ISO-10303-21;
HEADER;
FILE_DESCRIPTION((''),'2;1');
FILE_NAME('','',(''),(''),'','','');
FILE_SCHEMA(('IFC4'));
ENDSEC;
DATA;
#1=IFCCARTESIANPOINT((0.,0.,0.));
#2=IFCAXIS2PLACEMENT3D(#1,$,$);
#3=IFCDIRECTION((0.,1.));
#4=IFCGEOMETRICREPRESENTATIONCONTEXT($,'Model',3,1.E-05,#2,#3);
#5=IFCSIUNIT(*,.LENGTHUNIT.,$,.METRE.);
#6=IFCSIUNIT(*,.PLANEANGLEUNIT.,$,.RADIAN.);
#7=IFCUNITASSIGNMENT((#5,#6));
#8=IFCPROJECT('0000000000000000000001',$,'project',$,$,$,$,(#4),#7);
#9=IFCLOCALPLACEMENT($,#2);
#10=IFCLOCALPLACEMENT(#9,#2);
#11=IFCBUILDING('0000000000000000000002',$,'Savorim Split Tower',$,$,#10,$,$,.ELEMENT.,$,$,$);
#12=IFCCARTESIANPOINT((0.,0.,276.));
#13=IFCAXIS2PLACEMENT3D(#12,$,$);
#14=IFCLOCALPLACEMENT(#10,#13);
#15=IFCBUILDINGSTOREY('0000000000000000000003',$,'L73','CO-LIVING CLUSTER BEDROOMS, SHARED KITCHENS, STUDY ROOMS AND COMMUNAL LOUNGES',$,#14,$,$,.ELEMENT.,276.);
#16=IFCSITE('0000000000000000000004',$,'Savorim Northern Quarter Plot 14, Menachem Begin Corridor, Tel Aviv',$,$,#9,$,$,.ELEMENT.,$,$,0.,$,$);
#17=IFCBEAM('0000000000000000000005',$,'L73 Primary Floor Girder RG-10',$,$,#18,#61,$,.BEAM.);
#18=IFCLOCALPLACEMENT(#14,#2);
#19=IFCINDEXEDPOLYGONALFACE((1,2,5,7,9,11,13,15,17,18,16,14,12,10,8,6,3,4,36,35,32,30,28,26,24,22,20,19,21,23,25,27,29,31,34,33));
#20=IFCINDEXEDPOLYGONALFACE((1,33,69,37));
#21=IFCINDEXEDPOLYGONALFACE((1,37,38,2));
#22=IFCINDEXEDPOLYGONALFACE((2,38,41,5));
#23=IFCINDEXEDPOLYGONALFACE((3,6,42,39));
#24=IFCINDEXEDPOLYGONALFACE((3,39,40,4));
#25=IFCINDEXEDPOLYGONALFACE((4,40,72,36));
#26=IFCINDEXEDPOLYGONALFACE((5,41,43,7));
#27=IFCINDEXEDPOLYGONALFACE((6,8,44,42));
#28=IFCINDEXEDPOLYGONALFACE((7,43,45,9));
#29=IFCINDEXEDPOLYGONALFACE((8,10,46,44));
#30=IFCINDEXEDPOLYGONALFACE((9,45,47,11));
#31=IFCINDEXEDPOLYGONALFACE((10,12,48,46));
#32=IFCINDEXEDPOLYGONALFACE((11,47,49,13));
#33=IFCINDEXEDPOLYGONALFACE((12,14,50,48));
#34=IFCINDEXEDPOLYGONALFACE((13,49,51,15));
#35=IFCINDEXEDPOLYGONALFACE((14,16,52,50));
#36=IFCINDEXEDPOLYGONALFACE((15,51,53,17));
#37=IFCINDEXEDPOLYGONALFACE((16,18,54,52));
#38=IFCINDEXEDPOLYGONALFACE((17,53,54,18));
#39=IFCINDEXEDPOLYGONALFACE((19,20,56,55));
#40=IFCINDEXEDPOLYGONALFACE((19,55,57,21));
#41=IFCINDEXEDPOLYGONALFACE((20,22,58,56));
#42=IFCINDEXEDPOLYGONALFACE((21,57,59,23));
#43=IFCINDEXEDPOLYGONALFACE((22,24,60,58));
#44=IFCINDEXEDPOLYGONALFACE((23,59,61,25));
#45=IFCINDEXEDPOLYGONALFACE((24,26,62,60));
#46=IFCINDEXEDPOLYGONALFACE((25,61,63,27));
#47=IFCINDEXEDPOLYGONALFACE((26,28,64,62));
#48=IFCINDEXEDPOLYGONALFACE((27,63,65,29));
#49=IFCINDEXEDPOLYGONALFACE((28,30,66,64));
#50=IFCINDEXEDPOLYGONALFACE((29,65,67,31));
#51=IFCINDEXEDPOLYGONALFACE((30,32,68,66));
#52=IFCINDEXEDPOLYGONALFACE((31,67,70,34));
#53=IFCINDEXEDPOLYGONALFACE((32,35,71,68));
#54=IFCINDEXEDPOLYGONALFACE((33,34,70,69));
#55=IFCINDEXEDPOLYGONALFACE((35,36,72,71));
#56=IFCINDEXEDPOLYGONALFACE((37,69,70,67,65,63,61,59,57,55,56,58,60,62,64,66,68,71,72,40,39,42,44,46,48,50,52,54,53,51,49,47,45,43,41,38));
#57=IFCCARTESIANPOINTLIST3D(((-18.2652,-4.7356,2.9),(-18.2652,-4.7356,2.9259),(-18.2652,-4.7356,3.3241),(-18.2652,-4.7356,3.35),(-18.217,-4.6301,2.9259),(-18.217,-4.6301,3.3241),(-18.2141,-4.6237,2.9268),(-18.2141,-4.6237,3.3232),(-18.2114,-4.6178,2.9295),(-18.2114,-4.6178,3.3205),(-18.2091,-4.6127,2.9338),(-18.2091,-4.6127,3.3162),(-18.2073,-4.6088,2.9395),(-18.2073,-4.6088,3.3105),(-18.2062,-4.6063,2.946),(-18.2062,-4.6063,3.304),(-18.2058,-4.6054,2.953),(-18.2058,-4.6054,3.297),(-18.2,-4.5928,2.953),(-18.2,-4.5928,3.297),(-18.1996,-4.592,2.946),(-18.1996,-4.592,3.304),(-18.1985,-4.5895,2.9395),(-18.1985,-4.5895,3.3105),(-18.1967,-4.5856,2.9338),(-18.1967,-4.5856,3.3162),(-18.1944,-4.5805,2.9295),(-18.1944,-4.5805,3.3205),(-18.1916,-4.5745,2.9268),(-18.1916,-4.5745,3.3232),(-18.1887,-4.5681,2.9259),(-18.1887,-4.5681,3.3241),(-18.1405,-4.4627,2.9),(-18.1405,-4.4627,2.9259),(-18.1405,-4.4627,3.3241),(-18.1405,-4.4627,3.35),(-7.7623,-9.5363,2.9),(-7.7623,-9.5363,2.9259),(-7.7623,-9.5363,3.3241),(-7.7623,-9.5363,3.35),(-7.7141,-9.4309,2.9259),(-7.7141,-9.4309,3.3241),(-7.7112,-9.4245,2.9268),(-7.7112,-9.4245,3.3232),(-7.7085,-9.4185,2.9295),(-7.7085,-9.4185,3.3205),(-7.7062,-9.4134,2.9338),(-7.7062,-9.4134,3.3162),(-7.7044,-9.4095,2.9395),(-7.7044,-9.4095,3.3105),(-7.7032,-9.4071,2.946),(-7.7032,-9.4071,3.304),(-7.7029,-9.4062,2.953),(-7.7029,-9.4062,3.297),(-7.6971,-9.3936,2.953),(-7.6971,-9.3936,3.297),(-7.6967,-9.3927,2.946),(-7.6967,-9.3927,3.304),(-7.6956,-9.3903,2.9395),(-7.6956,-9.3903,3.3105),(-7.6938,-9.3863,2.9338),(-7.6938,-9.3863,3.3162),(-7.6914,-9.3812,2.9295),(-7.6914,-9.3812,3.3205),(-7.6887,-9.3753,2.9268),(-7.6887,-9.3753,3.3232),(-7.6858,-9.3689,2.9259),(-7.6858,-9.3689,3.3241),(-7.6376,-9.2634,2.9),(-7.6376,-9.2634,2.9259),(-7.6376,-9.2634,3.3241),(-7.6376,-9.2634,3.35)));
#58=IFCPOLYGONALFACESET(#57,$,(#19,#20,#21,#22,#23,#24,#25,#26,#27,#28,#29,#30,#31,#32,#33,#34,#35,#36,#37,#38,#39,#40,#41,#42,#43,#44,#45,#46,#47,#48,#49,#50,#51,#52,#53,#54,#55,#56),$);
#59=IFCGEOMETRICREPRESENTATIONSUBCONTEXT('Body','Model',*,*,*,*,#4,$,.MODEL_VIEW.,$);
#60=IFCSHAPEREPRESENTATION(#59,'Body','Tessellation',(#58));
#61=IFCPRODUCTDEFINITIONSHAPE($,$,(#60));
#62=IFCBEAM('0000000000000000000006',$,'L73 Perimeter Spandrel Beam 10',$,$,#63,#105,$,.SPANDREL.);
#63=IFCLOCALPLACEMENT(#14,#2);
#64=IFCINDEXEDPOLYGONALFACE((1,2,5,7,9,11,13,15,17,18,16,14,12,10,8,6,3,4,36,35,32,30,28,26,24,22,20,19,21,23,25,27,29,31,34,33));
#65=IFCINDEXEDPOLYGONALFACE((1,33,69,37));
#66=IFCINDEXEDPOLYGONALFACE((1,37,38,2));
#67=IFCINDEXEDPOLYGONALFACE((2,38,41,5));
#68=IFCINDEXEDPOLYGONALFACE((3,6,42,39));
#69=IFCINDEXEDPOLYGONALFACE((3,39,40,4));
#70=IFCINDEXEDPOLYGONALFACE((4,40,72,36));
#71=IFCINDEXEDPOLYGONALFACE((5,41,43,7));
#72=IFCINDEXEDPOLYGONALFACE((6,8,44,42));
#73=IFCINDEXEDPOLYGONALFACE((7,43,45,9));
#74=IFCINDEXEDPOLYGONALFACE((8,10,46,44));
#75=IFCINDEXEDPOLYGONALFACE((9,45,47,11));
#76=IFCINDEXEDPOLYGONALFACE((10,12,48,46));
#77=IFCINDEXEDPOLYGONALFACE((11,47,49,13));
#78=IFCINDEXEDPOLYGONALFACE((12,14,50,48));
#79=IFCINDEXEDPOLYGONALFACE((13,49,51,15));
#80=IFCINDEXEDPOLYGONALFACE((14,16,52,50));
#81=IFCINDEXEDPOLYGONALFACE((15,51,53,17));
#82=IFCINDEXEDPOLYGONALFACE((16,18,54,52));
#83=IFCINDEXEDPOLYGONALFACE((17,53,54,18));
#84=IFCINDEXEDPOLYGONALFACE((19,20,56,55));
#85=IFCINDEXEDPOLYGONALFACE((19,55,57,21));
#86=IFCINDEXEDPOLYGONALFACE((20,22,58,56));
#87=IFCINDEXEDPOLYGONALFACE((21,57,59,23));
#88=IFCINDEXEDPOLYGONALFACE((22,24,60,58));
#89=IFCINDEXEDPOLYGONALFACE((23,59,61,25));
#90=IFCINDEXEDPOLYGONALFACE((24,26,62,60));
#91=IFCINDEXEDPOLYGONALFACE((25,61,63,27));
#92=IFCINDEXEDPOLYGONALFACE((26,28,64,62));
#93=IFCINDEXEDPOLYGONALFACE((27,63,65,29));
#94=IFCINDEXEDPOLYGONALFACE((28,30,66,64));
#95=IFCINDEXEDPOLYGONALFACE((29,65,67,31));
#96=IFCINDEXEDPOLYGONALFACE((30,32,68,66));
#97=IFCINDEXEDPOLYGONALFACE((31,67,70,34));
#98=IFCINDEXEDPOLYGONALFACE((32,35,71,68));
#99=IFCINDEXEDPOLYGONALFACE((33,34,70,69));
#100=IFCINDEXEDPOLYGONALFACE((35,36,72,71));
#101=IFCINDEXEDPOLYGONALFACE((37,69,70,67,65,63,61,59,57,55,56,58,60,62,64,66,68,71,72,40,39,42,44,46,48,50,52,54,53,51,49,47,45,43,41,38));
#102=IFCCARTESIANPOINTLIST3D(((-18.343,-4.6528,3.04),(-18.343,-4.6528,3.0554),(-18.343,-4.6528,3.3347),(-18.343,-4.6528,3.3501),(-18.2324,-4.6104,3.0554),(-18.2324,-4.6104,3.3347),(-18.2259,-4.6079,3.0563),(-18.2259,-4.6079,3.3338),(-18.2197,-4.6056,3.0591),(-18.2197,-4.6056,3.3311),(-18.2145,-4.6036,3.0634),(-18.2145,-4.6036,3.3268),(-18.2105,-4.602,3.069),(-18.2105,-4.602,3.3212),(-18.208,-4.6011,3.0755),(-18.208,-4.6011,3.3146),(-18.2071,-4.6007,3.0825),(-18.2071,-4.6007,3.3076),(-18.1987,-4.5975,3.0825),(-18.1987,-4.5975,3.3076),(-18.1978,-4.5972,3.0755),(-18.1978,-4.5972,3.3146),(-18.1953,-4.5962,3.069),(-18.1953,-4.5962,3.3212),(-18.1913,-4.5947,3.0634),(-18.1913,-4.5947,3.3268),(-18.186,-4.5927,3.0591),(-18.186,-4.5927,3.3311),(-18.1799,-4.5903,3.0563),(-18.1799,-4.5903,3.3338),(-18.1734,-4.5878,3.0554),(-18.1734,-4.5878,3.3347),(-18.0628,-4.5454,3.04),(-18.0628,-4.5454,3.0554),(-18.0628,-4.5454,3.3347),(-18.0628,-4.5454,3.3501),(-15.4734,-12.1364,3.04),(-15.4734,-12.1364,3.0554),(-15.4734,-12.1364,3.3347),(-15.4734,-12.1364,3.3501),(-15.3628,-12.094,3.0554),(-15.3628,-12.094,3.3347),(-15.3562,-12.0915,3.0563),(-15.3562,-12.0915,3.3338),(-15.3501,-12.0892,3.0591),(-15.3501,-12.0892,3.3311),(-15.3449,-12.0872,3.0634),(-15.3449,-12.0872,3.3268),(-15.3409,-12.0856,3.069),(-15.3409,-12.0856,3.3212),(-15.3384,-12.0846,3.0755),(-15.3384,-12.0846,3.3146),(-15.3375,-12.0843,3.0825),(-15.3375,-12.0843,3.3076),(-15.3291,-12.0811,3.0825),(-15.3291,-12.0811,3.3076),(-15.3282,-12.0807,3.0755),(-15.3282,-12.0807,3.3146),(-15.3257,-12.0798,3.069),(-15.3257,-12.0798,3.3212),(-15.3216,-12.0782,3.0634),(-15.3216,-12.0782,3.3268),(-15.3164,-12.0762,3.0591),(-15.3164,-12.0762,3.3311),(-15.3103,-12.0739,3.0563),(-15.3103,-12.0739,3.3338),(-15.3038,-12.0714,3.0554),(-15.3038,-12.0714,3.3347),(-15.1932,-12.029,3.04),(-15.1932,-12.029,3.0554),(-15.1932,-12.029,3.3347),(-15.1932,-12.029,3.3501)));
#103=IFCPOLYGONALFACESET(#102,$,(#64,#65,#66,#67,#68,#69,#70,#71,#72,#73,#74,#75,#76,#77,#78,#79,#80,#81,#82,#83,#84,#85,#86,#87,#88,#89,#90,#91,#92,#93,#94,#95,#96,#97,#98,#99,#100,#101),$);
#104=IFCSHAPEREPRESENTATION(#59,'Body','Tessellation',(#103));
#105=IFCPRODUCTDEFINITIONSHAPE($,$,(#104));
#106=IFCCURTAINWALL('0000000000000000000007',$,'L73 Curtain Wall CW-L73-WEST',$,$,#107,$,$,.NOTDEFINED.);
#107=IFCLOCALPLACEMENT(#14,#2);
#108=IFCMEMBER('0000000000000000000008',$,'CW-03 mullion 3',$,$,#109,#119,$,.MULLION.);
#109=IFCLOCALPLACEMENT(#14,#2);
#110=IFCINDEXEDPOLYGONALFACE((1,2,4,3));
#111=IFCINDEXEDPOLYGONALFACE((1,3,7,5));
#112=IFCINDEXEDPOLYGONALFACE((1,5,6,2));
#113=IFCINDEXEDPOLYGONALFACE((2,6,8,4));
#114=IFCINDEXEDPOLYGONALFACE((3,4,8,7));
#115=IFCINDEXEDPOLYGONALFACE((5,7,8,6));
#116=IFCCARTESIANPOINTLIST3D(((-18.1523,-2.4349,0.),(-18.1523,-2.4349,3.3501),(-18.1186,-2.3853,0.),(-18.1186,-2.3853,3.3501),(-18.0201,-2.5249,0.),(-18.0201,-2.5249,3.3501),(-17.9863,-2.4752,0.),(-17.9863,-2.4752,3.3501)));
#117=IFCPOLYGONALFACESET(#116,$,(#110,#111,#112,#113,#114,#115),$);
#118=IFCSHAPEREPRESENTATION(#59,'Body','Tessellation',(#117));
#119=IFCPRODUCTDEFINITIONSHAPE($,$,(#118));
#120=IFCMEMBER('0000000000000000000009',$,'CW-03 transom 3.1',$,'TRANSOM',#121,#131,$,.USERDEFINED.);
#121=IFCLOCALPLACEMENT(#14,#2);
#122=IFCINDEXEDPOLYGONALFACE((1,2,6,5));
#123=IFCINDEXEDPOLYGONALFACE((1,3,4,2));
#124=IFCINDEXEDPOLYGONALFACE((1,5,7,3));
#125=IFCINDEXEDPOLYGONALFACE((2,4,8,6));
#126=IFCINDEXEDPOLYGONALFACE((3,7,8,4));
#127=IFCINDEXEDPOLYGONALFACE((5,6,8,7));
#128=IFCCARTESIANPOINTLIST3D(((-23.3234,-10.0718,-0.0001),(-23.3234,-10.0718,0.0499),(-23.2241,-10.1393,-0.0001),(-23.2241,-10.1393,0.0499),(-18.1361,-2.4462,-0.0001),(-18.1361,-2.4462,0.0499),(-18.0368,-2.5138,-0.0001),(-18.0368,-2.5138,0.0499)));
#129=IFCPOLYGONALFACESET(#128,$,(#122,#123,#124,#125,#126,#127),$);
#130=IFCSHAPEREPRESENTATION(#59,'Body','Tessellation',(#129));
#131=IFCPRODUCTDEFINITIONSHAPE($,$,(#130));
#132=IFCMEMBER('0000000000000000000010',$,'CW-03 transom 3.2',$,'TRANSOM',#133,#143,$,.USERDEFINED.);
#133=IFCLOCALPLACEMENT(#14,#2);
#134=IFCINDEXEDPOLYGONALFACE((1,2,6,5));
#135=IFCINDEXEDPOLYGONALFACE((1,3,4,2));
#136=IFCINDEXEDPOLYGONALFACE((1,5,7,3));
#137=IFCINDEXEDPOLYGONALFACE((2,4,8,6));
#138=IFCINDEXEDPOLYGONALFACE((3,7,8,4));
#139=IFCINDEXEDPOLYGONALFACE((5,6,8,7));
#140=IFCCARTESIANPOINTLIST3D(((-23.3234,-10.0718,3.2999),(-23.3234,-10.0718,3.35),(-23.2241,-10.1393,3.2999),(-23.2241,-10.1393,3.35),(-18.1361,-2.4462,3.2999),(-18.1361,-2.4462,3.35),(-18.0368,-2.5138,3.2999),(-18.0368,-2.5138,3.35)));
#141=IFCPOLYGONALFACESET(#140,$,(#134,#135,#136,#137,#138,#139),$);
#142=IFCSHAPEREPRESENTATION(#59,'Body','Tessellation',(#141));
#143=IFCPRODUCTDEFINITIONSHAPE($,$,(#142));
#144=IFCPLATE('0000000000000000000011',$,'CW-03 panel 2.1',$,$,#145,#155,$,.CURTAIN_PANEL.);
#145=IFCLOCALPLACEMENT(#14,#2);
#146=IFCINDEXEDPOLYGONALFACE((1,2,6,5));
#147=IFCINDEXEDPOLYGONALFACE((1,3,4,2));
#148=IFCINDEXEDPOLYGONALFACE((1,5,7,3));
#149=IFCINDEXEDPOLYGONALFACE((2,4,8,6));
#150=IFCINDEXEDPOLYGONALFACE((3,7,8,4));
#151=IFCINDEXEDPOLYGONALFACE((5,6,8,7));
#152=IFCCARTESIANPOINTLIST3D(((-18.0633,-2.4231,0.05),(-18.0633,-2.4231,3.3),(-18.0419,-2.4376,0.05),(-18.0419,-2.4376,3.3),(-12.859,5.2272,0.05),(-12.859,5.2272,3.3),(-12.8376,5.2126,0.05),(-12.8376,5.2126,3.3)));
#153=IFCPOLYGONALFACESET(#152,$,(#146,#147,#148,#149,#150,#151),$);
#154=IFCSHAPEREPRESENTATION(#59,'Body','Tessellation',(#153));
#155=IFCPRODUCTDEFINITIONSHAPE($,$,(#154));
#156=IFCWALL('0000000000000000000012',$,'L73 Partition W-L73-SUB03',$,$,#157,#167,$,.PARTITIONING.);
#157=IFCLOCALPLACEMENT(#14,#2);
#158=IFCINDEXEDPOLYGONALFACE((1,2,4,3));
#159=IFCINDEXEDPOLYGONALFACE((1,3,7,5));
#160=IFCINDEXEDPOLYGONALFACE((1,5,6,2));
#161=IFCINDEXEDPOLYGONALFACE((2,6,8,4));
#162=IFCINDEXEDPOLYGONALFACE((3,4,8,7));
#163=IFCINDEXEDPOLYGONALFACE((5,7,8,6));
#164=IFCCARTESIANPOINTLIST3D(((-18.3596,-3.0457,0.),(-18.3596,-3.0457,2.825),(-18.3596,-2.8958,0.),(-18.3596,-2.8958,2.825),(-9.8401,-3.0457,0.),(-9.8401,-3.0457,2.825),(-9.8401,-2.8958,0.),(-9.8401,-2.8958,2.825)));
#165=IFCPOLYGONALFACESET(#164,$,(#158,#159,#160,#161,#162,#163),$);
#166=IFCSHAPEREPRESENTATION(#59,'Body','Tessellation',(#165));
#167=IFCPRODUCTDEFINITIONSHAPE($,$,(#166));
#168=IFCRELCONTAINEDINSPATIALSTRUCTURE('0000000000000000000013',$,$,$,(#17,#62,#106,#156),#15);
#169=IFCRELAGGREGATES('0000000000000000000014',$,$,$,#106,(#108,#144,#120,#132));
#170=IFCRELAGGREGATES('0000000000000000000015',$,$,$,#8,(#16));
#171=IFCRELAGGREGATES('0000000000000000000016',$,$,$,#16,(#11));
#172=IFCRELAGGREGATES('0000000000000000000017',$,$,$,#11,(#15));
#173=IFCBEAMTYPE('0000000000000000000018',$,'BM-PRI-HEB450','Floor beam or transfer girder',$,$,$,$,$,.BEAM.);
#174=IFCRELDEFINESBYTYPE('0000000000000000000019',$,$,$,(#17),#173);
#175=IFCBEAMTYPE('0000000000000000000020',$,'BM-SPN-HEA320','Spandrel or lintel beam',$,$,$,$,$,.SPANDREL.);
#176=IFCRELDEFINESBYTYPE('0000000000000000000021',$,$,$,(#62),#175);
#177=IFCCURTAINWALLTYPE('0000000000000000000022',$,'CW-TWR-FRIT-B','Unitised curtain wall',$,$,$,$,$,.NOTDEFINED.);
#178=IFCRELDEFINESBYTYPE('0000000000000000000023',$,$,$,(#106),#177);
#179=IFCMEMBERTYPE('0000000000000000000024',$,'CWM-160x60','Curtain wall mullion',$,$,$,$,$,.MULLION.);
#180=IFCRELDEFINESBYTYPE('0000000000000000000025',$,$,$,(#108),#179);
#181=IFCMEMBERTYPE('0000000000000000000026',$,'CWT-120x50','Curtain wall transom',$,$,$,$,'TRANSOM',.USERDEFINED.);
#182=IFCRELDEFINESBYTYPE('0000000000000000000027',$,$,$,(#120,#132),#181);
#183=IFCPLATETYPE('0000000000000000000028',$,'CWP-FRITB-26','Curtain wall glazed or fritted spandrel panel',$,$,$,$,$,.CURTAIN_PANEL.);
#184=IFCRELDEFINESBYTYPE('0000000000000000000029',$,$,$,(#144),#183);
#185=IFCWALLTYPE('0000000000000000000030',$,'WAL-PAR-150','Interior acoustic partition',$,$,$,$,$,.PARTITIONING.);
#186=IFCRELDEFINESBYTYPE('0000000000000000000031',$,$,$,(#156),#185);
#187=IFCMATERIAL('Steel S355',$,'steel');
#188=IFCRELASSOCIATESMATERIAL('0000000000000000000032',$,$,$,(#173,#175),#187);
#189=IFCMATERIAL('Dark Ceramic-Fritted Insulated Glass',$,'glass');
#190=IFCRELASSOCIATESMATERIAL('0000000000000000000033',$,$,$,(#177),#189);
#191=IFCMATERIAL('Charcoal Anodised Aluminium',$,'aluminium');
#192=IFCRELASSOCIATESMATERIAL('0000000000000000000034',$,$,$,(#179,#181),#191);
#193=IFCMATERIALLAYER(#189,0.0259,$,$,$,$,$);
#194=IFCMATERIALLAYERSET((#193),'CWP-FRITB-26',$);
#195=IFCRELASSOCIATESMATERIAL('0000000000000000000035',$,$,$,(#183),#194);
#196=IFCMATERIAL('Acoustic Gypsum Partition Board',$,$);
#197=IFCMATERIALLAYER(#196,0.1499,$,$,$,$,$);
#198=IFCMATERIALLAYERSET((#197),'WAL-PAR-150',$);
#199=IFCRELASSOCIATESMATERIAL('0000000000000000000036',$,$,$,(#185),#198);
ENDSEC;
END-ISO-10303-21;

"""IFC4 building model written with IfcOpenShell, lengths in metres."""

from ifc_helpers import new_model, si_unit, direction, frame, frame_2d, origin, origin_2d, place, context, subcontext, project, spatial, rectangle, i_section, extrude, material, layer, layer_set, material_profile, profile_set, type_object, element, aggregate, save


model = new_model("IFC4")

# Units and contexts
model_context = context("Model", 3, precision=1e-05, world=origin(), true_north=direction((0.0, 1.0)))
body_context = subcontext(model_context, "Body", "Model", "MODEL_VIEW")
ifc_project = project(units=[si_unit("LENGTHUNIT", "METRE"), si_unit("PLANEANGLEUNIT", "RADIAN")], contexts=[model_context])

# Site, building, storey
site_placement = place(None, origin())
site = spatial("IfcSite", under=ifc_project, at=site_placement, Name="Savorim Northern Quarter Plot 14, Menachem Begin Corridor, Tel Aviv", CompositionType="ELEMENT", RefElevation=0.0)
building_placement = place(site_placement, origin())
building = spatial("IfcBuilding", under=site, at=building_placement, Name="Savorim Split Tower", CompositionType="ELEMENT")
storey_placement = place(building_placement, frame((0.0, 0.0, 276.0)))
storey = spatial("IfcBuildingStorey", under=building, at=storey_placement, Name="L73", Description="CO-LIVING CLUSTER BEDROOMS, SHARED KITCHENS, STUDY ROOMS AND COMMUNAL LOUNGES", CompositionType="ELEMENT", Elevation=276.0)

# Shared definitions
ifc_material_1 = material(Name="Steel S355", Category="steel")

# Beams
ifc_material_profile_1 = material_profile(ifc_material_1, i_section(OverallWidth=0.3, OverallDepth=0.45, WebThickness=0.0139, FlangeThickness=0.0259, FilletRadius=0.0271, at=origin_2d()), Name="HEB 450")
ifc_profile_set_1 = profile_set([ifc_material_profile_1], Name="Steel S355")
beam_type_1 = type_object("IfcBeamType", Name="BM-PRI-HEB450", Description="Floor beam or transfer girder", PredefinedType="BEAM", material=ifc_profile_set_1)
beam_1_placement = place(storey_placement, frame((-18.2029, -4.5991, 3.125), z_axis=(0.909493, -0.41572, 0.0), x_axis=(0.41572, 0.909493, 0.0)))
element("IfcBeam", 1, at=beam_1_placement, inside=storey, type_object=beam_type_1, Name="L73 Primary Floor Girder RG-10", PredefinedType="BEAM", context=body_context, shape_type="SweptSolid", body=[
    extrude(i_section(OverallWidth=0.3, OverallDepth=0.45, WebThickness=0.0139, FlangeThickness=0.0259, FilletRadius=0.0271, at=origin_2d()), origin(), (0.0, 0.0, 1.0), 11.5481),
])
ifc_material_profile_2 = material_profile(ifc_material_1, i_section(OverallWidth=0.3, OverallDepth=0.3101, WebThickness=0.009, FlangeThickness=0.0154, FilletRadius=0.0271, at=origin_2d()), Name="HEA 320")
ifc_profile_set_2 = profile_set([ifc_material_profile_2], Name="Steel S355")
beam_type_2 = type_object("IfcBeamType", Name="BM-SPN-HEA320", Description="Spandrel or lintel beam", PredefinedType="SPANDREL", material=ifc_profile_set_2)
beam_2_placement = place(storey_placement, frame((-18.2029, -4.5991, 3.1951), z_axis=(0.358034, -0.933709, 0.0), x_axis=(0.933709, 0.358034, 0.0)))
element("IfcBeam", 2, at=beam_2_placement, inside=storey, type_object=beam_type_2, Name="L73 Perimeter Spandrel Beam 10", PredefinedType="SPANDREL", context=body_context, shape_type="SweptSolid", body=[
    extrude(i_section(OverallWidth=0.3, OverallDepth=0.3101, WebThickness=0.009, FlangeThickness=0.0154, FilletRadius=0.0271, at=origin_2d()), origin(), (0.0, 0.0, 1.0), 8.0149),
])

# Curtain wall, members, plate
ifc_material_2 = material(Name="Dark Ceramic-Fritted Insulated Glass", Category="glass")
curtain_wall_type = type_object("IfcCurtainWallType", Name="CW-TWR-FRIT-B", Description="Unitised curtain wall", PredefinedType="NOTDEFINED", material=ifc_material_2)
curtain_wall_placement = place(storey_placement, origin())
curtain_wall = element("IfcCurtainWall", 3, at=curtain_wall_placement, inside=storey, type_object=curtain_wall_type, Name="L73 Curtain Wall CW-L73-WEST", PredefinedType="NOTDEFINED")
ifc_material_3 = material(Name="Charcoal Anodised Aluminium", Category="aluminium")
ifc_material_profile_3 = material_profile(ifc_material_3, rectangle(XDim=0.1599, YDim=0.0601, at=origin_2d()), Name="ALU-M 160x60")
ifc_profile_set_3 = profile_set([ifc_material_profile_3], Name="Charcoal Anodised Aluminium")
member_type_1 = type_object("IfcMemberType", Name="CWM-160x60", Description="Curtain wall mullion", PredefinedType="MULLION", material=ifc_profile_set_3)
member_1_placement = place(storey_placement, frame((-18.0693, -2.4551, 0.0), z_axis=(0.0, 0.0, 1.0), x_axis=(0.826818, -0.56247, 0.0)))
member_1 = element("IfcMember", 4, at=member_1_placement, type_object=member_type_1, Name="CW-03 mullion 3", PredefinedType="MULLION", context=body_context, shape_type="SweptSolid", body=[
    extrude(rectangle(XDim=0.1599, YDim=0.0601, at=origin_2d()), origin(), (0.0, 0.0, 1.0), 3.3501),
])
ifc_material_profile_4 = material_profile(ifc_material_3, rectangle(XDim=0.1201, YDim=0.05, at=origin_2d()), Name="ALU-T 120x50")
ifc_profile_set_4 = profile_set([ifc_material_profile_4], Name="Charcoal Anodised Aluminium")
member_type_2 = type_object("IfcMemberType", Name="CWT-120x50", Description="Curtain wall transom", ElementType="TRANSOM", PredefinedType="USERDEFINED", material=ifc_profile_set_4)
member_2_placement = place(storey_placement, frame((-18.0864, -2.48, 0.0249), z_axis=(-0.562453, -0.826829, 0.0), x_axis=(0.826829, -0.562453, 0.0)))
member_2 = element("IfcMember", 5, at=member_2_placement, type_object=member_type_2, Name="CW-03 transom 3.1", ObjectType="TRANSOM", PredefinedType="USERDEFINED", context=body_context, shape_type="SweptSolid", body=[
    extrude(rectangle(XDim=0.1201, YDim=0.05, at=origin_2d()), origin(), (0.0, 0.0, 1.0), 9.2227),
])
member_3_placement = place(storey_placement, frame((-18.0864, -2.48, 3.325), z_axis=(-0.562453, -0.826829, 0.0), x_axis=(0.826829, -0.562453, 0.0)))
member_3 = element("IfcMember", 6, at=member_3_placement, type_object=member_type_2, Name="CW-03 transom 3.2", ObjectType="TRANSOM", PredefinedType="USERDEFINED", context=body_context, shape_type="SweptSolid", body=[
    extrude(rectangle(XDim=0.1201, YDim=0.05, at=origin_2d()), origin(), (0.0, 0.0, 1.0), 9.2227),
])
ifc_layer_1 = layer(ifc_material_2, 0.0259)
ifc_layer_set_1 = layer_set([ifc_layer_1], Name="CWP-FRITB-26")
plate_type = type_object("IfcPlateType", Name="CWP-FRITB-26", Description="Curtain wall glazed or fritted spandrel panel", PredefinedType="CURTAIN_PANEL", material=ifc_layer_set_1)
plate_placement = place(storey_placement, frame((-15.4504, 1.3948, 0.05), z_axis=(0.0, 0.0, 1.0), x_axis=(-0.56247, -0.826818, 0.0)))
plate = element("IfcPlate", 7, at=plate_placement, type_object=plate_type, Name="CW-03 panel 2.1", PredefinedType="CURTAIN_PANEL", context=body_context, shape_type="SweptSolid", body=[
    extrude(rectangle(XDim=9.2527, YDim=0.0259, at=origin_2d()), origin(), (0.0, 0.0, 1.0), 3.25),
])
aggregate(curtain_wall, [member_1, plate, member_2, member_3])

# Wall
ifc_material_4 = material(Name="Acoustic Gypsum Partition Board")
ifc_layer_2 = layer(ifc_material_4, 0.1499)
ifc_layer_set_2 = layer_set([ifc_layer_2], Name="WAL-PAR-150")
wall_type_1 = type_object("IfcWallType", Name="WAL-PAR-150", Description="Interior acoustic partition", PredefinedType="PARTITIONING", material=ifc_layer_set_2)
wall_1_placement = place(storey_placement, frame((-9.8401, -2.9707, 0.0), z_axis=(0.0, 0.0, 1.0), x_axis=(-1.0, 0.0, 0.0)))
element("IfcWall", 8, at=wall_1_placement, inside=storey, type_object=wall_type_1, Name="L73 Partition W-L73-SUB03", PredefinedType="PARTITIONING", context=body_context, shape_type="SweptSolid", body=[
    extrude(rectangle(XDim=8.5195, YDim=0.1499, at=frame_2d((4.2598, 0.0))), origin(), (0.0, 0.0, 1.0), 2.825),
])

save(model, "model.ifc")
